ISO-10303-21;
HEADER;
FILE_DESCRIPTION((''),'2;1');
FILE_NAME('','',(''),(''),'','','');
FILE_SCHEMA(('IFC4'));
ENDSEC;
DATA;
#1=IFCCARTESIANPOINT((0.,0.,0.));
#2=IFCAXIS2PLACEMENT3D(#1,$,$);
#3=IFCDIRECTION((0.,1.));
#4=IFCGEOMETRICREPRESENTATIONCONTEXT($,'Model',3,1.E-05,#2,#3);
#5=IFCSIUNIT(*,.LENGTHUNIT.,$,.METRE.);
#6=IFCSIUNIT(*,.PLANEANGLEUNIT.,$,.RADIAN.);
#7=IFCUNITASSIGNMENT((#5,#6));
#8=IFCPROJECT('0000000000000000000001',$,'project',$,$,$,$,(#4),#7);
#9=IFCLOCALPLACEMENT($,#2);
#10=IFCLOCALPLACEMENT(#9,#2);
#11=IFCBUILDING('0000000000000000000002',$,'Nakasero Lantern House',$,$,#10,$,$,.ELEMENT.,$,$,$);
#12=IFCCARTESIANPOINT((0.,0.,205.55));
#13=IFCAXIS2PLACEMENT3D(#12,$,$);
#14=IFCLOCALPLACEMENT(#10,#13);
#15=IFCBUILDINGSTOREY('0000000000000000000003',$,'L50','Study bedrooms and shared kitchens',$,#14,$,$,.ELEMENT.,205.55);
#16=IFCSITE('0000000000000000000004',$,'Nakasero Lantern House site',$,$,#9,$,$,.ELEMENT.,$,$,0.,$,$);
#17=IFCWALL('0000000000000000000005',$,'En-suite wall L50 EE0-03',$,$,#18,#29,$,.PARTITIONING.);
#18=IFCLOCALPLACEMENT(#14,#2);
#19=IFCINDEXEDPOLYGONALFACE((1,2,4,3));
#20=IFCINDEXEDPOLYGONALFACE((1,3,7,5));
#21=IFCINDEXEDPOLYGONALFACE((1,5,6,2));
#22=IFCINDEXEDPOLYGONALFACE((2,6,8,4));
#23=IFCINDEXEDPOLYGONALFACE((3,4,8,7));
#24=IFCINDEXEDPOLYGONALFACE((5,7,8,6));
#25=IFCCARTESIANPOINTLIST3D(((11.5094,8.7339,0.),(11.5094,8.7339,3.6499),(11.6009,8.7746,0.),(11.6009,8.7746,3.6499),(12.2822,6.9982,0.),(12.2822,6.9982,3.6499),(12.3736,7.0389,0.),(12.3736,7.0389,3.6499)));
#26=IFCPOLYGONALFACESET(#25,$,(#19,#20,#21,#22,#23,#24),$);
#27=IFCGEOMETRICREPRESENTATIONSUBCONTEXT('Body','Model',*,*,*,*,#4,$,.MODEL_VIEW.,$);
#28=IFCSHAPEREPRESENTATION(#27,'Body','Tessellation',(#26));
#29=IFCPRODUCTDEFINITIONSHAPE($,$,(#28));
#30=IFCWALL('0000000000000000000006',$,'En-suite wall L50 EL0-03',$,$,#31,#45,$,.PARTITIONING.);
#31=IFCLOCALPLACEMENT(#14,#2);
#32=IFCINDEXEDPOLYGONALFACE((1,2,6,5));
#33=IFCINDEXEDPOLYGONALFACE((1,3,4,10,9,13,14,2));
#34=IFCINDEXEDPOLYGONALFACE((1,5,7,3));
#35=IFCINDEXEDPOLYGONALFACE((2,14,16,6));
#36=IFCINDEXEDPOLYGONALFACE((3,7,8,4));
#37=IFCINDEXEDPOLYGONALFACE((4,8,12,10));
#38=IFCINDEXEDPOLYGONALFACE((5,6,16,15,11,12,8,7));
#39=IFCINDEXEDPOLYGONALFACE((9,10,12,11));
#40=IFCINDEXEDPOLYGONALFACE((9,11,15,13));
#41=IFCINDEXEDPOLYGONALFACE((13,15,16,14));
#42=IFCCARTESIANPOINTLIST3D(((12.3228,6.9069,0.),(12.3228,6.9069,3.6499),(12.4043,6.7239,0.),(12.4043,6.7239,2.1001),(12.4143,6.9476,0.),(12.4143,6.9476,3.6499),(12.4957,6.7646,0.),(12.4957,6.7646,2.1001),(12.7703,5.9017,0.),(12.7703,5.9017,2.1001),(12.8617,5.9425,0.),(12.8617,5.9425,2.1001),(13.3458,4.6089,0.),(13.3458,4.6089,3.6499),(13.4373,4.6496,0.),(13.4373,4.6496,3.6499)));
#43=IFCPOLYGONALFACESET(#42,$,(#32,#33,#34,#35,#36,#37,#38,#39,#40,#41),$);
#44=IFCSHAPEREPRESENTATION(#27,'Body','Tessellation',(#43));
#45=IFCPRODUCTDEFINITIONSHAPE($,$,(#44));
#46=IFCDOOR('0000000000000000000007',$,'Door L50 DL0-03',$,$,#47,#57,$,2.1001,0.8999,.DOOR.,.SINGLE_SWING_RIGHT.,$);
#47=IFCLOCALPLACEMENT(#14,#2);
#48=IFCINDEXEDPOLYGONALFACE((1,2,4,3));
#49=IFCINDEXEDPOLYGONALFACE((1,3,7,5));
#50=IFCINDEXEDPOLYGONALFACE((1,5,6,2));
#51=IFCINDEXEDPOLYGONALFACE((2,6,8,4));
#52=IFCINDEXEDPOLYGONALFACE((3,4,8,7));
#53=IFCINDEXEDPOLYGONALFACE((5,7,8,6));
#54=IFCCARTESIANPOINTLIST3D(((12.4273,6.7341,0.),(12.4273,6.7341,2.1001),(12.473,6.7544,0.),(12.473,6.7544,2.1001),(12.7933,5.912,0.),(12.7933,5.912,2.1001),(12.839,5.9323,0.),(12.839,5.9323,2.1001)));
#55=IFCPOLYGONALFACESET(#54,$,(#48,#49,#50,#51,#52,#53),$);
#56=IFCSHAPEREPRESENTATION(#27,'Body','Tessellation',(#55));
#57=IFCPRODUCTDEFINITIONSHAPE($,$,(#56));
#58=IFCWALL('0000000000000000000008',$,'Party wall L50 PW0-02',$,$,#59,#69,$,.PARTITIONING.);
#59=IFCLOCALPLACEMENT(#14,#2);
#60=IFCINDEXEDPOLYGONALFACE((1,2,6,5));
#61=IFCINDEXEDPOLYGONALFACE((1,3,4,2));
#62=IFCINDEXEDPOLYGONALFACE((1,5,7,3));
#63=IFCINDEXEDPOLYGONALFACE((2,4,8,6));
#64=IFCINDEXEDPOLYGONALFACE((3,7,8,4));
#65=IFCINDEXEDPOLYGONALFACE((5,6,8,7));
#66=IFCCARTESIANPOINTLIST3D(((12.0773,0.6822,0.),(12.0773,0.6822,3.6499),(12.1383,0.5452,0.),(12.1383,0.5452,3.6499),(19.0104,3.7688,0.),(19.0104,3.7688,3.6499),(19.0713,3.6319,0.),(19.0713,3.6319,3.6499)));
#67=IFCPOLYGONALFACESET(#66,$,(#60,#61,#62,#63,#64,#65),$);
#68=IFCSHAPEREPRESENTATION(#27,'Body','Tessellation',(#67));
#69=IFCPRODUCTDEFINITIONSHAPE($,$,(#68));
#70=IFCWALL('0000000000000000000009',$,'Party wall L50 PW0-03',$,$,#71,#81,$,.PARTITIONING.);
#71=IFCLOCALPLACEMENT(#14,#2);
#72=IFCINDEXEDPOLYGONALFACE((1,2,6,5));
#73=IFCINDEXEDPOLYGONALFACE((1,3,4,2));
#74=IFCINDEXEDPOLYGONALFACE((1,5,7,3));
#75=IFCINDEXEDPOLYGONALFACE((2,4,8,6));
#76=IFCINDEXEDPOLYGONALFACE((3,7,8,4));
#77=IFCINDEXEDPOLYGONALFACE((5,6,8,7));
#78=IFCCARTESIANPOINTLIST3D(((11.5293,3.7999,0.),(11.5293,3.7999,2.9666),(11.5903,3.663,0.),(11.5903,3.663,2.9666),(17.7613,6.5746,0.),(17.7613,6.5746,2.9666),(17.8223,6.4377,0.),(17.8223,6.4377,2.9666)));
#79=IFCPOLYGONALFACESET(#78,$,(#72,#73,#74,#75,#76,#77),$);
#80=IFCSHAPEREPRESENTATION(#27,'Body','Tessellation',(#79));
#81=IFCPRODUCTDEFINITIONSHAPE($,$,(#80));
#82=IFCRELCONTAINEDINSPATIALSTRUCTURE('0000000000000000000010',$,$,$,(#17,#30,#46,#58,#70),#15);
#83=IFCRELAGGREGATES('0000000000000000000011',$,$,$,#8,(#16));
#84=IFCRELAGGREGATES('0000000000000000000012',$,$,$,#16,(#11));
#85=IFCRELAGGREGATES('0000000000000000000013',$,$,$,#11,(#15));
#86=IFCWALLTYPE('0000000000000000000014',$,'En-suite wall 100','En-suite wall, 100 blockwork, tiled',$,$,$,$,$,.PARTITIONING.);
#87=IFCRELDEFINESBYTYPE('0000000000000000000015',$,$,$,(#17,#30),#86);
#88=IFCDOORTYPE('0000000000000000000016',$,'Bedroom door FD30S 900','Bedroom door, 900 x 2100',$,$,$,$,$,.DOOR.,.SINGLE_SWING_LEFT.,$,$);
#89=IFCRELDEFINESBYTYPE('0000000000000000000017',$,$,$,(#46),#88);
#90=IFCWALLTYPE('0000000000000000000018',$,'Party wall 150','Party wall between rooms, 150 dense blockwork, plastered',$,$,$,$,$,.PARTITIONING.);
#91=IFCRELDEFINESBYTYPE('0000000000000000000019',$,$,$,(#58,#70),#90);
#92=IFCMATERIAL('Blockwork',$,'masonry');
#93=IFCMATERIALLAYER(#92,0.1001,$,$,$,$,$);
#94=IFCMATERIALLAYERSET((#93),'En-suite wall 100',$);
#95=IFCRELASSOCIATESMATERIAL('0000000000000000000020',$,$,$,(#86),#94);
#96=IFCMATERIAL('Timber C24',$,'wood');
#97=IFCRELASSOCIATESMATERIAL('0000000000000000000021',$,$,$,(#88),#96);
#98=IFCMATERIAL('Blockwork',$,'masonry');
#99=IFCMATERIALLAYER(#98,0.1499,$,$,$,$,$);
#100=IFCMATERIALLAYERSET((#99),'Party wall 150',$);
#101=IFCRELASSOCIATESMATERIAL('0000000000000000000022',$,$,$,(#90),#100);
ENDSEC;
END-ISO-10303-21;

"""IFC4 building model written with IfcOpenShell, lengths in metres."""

from ifc_helpers import new_model, si_unit, direction, frame, frame_2d, origin, place, context, subcontext, project, spatial, rectangle, extrude, material, layer, layer_set, type_object, element, fill, save


model = new_model("IFC4")

# Units and contexts
model_context = context("Model", 3, precision=1e-05, world=origin(), true_north=direction((0.0, 1.0)))
body_context = subcontext(model_context, "Body", "Model", "MODEL_VIEW")
ifc_project = project(units=[si_unit("LENGTHUNIT", "METRE"), si_unit("PLANEANGLEUNIT", "RADIAN")], contexts=[model_context])

# Site, building, storey
site_placement = place(None, origin())
site = spatial("IfcSite", under=ifc_project, at=site_placement, Name="Nakasero Lantern House site", CompositionType="ELEMENT", RefElevation=0.0)
building_placement = place(site_placement, origin())
building = spatial("IfcBuilding", under=site, at=building_placement, Name="Nakasero Lantern House", CompositionType="ELEMENT")
storey_placement = place(building_placement, frame((0.0, 0.0, 205.55)))
storey = spatial("IfcBuildingStorey", under=building, at=storey_placement, Name="L50", Description="Study bedrooms and shared kitchens", CompositionType="ELEMENT", Elevation=205.55)

# Wall
ifc_material_1 = material(Name="Blockwork", Category="masonry")
ifc_layer_1 = layer(ifc_material_1, 0.1001)
ifc_layer_set_1 = layer_set([ifc_layer_1], Name="En-suite wall 100")
wall_type_1 = type_object("IfcWallType", Name="En-suite wall 100", Description="En-suite wall, 100 blockwork, tiled", PredefinedType="PARTITIONING", material=ifc_layer_set_1)
wall_1_placement = place(storey_placement, frame((12.3279, 7.0186, 0.0), z_axis=(0.0, 0.0, 1.0), x_axis=(-0.406723, 0.913552, 0.0)))
element("IfcWall", 1, at=wall_1_placement, inside=storey, type_object=wall_type_1, Name="En-suite wall L50 EE0-03", PredefinedType="PARTITIONING", context=body_context, shape_type="SweptSolid", body=[
    extrude(rectangle(XDim=1.8999, YDim=0.1001, at=frame_2d((0.95, 0.0))), origin(), (0.0, 0.0, 1.0), 3.6499),
])

# Wall, opening, door
wall_2_placement = place(storey_placement, frame((13.3916, 4.6292, 0.0), z_axis=(0.0, 0.0, 1.0), x_axis=(-0.406697, 0.913563, 0.0)))
wall_2 = element("IfcWall", 2, at=wall_2_placement, inside=storey, type_object=wall_type_1, Name="En-suite wall L50 EL0-03", PredefinedType="PARTITIONING", context=body_context, shape_type="SweptSolid", body=[
    extrude(rectangle(XDim=2.5154, YDim=0.1001, at=frame_2d((1.2578, 0.0))), origin(), (0.0, 0.0, 1.0), 3.6499),
])
opening_1_placement = place(wall_2_placement, frame((1.4153, 0.0, 0.0)))
opening_1 = element("IfcOpeningElement", 3, at=opening_1_placement, cuts=wall_2, PredefinedType="OPENING", context=body_context, shape_type="SweptSolid", body=[
    extrude(rectangle(XDim=0.8999, YDim=2.1001, at=frame_2d((0.45, 1.05))), frame((0.0, 0.0701, 0.0), z_axis=(0.0, -1.0, 0.0), x_axis=(1.0, 0.0, 0.0)), (0.0, 0.0, 1.0), 0.1401),
])
ifc_material_2 = material(Name="Timber C24", Category="wood")
door_type_1 = type_object("IfcDoorType", Name="Bedroom door FD30S 900", Description="Bedroom door, 900 x 2100", OperationType="SINGLE_SWING_LEFT", PredefinedType="DOOR", material=ifc_material_2)
door_1_placement = place(opening_1_placement, origin())
door_1 = element("IfcDoor", 4, at=door_1_placement, inside=storey, type_object=door_type_1, Name="Door L50 DL0-03", OperationType="SINGLE_SWING_RIGHT", OverallHeight=2.1001, OverallWidth=0.8999, PredefinedType="DOOR", context=body_context, shape_type="SweptSolid", body=[
    extrude(rectangle(XDim=0.8999, YDim=2.1001, at=frame_2d((0.45, 1.05))), frame((0.0, 0.0249, 0.0), z_axis=(0.0, -1.0, 0.0), x_axis=(1.0, 0.0, 0.0)), (0.0, 0.0, 1.0), 0.05),
])
fill(opening_1, door_1)

# Walls
ifc_material_3 = material(Name="Blockwork", Category="masonry")
ifc_layer_2 = layer(ifc_material_3, 0.1499)
ifc_layer_set_2 = layer_set([ifc_layer_2], Name="Party wall 150")
wall_type_2 = type_object("IfcWallType", Name="Party wall 150", Description="Party wall between rooms, 150 dense blockwork, plastered", PredefinedType="PARTITIONING", material=ifc_layer_set_2)
wall_3_placement = place(storey_placement, frame((12.1079, 0.6138, 0.0), z_axis=(0.0, 0.0, 1.0), x_axis=(0.913553, 0.40672, 0.0)))
element("IfcWall", 5, at=wall_3_placement, inside=storey, type_object=wall_type_2, Name="Party wall L50 PW0-02", PredefinedType="PARTITIONING", context=body_context, shape_type="SweptSolid", body=[
    extrude(rectangle(XDim=7.5891, YDim=0.1499, at=frame_2d((3.7944, 0.0))), origin(), (0.0, 0.0, 1.0), 3.6499),
])
wall_4_placement = place(storey_placement, frame((11.5598, 3.7314, 0.0), z_axis=(0.0, 0.0, 1.0), x_axis=(0.913544, 0.406739, 0.0)))
element("IfcWall", 6, at=wall_4_placement, inside=storey, type_object=wall_type_2, Name="Party wall L50 PW0-03", PredefinedType="PARTITIONING", context=body_context, shape_type="SweptSolid", body=[
    extrude(rectangle(XDim=6.8218, YDim=0.1499, at=frame_2d((3.4109, 0.0))), origin(), (0.0, 0.0, 1.0), 2.9666),
])

save(model, "model.ifc")
